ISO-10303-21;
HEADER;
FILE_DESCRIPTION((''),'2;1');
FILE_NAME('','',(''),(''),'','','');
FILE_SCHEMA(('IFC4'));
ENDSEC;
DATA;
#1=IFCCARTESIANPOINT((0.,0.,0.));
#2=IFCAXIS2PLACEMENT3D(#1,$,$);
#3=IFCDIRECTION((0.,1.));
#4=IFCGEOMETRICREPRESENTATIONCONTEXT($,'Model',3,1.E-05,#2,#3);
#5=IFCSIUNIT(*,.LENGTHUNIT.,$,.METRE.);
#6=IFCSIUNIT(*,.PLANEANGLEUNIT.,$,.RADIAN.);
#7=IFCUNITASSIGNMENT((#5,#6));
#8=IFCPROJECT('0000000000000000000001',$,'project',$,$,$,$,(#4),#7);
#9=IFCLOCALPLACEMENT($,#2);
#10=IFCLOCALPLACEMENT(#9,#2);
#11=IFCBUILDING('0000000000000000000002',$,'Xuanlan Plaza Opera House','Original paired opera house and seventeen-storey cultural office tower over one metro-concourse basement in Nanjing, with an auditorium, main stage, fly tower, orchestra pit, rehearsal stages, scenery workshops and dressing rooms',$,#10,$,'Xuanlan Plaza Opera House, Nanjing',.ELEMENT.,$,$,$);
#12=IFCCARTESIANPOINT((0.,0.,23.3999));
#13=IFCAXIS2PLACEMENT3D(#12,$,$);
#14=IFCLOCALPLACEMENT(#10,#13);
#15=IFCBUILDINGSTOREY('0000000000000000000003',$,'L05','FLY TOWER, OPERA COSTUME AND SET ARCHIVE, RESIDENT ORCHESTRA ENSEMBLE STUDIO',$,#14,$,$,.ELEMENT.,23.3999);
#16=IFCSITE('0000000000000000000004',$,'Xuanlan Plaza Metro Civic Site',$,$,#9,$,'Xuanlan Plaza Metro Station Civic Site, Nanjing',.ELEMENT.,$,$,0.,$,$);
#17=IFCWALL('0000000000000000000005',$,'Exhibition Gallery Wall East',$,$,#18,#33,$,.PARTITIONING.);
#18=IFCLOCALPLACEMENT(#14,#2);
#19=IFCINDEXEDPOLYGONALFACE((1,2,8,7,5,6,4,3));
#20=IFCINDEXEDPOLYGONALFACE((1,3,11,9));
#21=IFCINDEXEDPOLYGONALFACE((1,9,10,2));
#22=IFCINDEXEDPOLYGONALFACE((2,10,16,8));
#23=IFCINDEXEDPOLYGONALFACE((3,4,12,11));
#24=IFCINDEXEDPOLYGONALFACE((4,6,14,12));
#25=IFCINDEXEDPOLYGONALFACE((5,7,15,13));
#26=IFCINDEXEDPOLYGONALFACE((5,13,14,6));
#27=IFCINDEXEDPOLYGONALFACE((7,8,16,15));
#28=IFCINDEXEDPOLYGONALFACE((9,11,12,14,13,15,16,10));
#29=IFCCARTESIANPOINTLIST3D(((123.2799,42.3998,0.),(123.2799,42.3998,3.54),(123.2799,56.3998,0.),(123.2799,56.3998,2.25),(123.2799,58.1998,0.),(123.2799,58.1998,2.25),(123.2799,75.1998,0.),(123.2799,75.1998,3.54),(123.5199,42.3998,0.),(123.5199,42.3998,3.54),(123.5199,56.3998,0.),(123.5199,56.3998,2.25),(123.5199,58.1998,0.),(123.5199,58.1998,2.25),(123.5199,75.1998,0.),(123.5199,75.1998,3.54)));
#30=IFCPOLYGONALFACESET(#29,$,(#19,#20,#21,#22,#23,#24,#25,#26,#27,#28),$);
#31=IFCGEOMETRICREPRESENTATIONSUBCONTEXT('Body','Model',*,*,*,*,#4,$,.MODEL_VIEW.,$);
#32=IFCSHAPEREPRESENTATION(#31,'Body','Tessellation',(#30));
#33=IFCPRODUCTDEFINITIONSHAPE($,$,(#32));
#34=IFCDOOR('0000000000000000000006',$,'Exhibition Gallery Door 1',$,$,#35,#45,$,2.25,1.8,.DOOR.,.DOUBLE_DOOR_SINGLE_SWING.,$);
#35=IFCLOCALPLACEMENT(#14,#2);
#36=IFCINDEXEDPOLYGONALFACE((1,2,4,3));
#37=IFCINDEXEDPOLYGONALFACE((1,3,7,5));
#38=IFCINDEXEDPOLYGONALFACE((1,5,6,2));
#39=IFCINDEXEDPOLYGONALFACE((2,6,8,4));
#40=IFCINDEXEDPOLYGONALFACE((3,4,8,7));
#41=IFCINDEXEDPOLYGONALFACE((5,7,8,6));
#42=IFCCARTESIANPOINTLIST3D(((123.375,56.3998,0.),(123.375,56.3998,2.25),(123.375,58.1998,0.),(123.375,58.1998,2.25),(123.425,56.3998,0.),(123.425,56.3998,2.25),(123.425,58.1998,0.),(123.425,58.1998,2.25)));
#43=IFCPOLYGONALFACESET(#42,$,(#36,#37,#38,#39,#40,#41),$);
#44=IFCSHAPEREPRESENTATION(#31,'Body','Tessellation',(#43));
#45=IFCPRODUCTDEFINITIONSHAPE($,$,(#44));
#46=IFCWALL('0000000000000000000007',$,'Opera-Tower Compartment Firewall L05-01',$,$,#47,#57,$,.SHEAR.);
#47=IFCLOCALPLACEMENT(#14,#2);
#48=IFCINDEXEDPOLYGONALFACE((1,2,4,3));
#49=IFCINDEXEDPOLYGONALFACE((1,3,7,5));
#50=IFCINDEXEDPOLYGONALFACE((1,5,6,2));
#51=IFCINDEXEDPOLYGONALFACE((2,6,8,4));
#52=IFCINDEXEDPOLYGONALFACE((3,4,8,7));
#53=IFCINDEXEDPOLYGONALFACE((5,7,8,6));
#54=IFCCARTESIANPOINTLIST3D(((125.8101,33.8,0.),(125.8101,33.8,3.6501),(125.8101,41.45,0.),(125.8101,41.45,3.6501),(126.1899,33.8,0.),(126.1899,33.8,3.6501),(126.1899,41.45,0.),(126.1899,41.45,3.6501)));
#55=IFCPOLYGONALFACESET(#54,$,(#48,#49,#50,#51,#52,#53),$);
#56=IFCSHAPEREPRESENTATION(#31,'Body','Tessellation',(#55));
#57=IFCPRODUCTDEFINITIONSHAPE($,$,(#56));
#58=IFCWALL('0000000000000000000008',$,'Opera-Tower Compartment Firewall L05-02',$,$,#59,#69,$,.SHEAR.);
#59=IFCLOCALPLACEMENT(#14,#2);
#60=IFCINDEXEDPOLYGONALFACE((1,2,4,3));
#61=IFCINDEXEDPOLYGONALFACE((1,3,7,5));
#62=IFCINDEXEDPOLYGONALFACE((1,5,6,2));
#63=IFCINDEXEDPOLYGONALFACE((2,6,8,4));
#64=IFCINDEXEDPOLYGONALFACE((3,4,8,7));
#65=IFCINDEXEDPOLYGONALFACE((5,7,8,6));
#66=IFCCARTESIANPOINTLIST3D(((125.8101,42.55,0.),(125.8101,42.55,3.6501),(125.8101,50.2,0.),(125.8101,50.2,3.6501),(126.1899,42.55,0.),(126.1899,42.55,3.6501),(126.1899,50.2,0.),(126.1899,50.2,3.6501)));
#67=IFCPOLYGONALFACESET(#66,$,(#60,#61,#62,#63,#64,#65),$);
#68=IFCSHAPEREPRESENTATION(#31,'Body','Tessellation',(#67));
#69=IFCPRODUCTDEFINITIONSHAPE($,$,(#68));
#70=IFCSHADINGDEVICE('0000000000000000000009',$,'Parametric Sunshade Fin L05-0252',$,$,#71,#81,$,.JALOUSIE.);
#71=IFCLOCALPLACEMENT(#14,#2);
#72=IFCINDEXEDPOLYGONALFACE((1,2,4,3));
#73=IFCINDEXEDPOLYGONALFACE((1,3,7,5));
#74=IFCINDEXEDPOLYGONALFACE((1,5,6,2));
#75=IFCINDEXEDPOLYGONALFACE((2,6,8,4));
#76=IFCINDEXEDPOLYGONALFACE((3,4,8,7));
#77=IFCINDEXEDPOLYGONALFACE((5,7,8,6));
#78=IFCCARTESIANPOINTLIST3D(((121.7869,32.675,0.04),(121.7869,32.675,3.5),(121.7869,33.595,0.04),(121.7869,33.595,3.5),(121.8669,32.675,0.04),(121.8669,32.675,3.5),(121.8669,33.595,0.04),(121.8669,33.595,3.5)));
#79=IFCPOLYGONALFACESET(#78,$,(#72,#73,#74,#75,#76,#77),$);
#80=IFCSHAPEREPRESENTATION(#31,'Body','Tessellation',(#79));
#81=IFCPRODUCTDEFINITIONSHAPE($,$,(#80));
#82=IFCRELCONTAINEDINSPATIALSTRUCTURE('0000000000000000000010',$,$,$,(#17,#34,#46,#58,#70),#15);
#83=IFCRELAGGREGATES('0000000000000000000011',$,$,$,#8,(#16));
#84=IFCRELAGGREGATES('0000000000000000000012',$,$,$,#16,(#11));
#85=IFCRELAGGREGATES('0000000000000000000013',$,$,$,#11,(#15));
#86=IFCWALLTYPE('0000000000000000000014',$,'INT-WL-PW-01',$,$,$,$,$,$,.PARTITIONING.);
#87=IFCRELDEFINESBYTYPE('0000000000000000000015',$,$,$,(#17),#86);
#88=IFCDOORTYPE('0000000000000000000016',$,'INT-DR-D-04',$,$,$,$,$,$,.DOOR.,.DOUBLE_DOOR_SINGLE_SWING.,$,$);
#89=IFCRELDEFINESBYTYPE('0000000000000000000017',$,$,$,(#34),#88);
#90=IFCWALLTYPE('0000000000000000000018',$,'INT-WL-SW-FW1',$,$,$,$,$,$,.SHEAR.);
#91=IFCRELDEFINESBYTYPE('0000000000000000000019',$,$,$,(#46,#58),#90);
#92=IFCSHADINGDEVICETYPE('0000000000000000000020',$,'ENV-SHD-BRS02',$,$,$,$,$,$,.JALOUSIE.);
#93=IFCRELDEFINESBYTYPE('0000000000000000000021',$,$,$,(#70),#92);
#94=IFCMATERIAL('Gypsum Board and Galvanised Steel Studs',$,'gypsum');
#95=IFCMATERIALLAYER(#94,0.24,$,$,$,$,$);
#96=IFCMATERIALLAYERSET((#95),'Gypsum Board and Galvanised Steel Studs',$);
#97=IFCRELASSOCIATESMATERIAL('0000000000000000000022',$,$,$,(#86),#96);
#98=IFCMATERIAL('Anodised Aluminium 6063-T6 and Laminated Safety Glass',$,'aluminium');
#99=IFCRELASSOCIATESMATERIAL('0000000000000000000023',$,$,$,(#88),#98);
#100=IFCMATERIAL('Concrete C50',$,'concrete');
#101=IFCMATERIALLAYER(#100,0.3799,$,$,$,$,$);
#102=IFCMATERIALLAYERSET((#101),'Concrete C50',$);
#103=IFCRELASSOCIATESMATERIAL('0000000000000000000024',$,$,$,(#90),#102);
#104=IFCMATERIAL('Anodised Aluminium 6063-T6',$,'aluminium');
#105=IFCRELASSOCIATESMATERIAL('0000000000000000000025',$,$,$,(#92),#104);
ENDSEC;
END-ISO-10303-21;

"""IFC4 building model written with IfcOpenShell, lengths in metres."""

from ifc_helpers import new_model, si_unit, direction, frame, frame_2d, origin, origin_2d, place, context, subcontext, project, spatial, rectangle, extrude, material, layer, layer_set, type_object, element, fill, save


model = new_model("IFC4")

# Units and contexts
model_context = context("Model", 3, precision=1e-05, world=origin(), true_north=direction((0.0, 1.0)))
body_context = subcontext(model_context, "Body", "Model", "MODEL_VIEW")
ifc_project = project(units=[si_unit("LENGTHUNIT", "METRE"), si_unit("PLANEANGLEUNIT", "RADIAN")], contexts=[model_context])

# Site, building, storey
site_placement = place(None, origin())
site = spatial("IfcSite", under=ifc_project, at=site_placement, Name="Xuanlan Plaza Metro Civic Site", LongName="Xuanlan Plaza Metro Station Civic Site, Nanjing", CompositionType="ELEMENT", RefElevation=0.0)
building_placement = place(site_placement, origin())
building = spatial("IfcBuilding", under=site, at=building_placement, Name="Xuanlan Plaza Opera House", Description="Original paired opera house and seventeen-storey cultural office tower over one metro-concourse basement in Nanjing, with an auditorium, main stage, fly tower, orchestra pit, rehearsal stages, scenery workshops and dressing rooms", LongName="Xuanlan Plaza Opera House, Nanjing", CompositionType="ELEMENT")
storey_placement = place(building_placement, frame((0.0, 0.0, 23.3999)))
storey = spatial("IfcBuildingStorey", under=building, at=storey_placement, Name="L05", Description="FLY TOWER, OPERA COSTUME AND SET ARCHIVE, RESIDENT ORCHESTRA ENSEMBLE STUDIO", CompositionType="ELEMENT", Elevation=23.3999)

# Shared definitions
ifc_material_1 = material(Name="Concrete C50", Category="concrete")

# Shared definitions
ifc_material_2 = material(Name="Anodised Aluminium 6063-T6", Category="aluminium")

# Wall, opening, door
ifc_material_3 = material(Name="Gypsum Board and Galvanised Steel Studs", Category="gypsum")
ifc_layer_1 = layer(ifc_material_3, 0.24)
ifc_layer_set_1 = layer_set([ifc_layer_1], Name="Gypsum Board and Galvanised Steel Studs")
wall_type_1 = type_object("IfcWallType", Name="INT-WL-PW-01", PredefinedType="PARTITIONING", material=ifc_layer_set_1)
wall_placement = place(storey_placement, frame((123.3999, 42.3999, 0.0), z_axis=(0.0, 0.0, 1.0), x_axis=(0.0, 1.0, 0.0)))
wall = element("IfcWall", 1, at=wall_placement, inside=storey, type_object=wall_type_1, Name="Exhibition Gallery Wall East", PredefinedType="PARTITIONING", context=body_context, shape_type="SweptSolid", body=[
    extrude(rectangle(XDim=32.8, YDim=0.24, at=frame_2d((16.3999, 0.0))), origin(), (0.0, 0.0, 1.0), 3.54),
])
opening_placement = place(wall_placement, frame((14.0, 0.0, 0.0)))
opening = element("IfcOpeningElement", 2, at=opening_placement, cuts=wall, PredefinedType="OPENING", context=body_context, shape_type="SweptSolid", body=[
    extrude(rectangle(XDim=1.8, YDim=2.25, at=frame_2d((0.8999, 1.125))), frame((0.0, 0.1299, 0.0), z_axis=(0.0, -1.0, 0.0), x_axis=(1.0, 0.0, 0.0)), (0.0, 0.0, 1.0), 0.26),
])
ifc_material_4 = material(Name="Anodised Aluminium 6063-T6 and Laminated Safety Glass", Category="aluminium")
door_type = type_object("IfcDoorType", Name="INT-DR-D-04", OperationType="DOUBLE_DOOR_SINGLE_SWING", PredefinedType="DOOR", material=ifc_material_4)
door_placement = place(opening_placement, origin())
door = element("IfcDoor", 3, at=door_placement, inside=storey, type_object=door_type, Name="Exhibition Gallery Door 1", OperationType="DOUBLE_DOOR_SINGLE_SWING", OverallHeight=2.25, OverallWidth=1.8, PredefinedType="DOOR", context=body_context, shape_type="SweptSolid", body=[
    extrude(rectangle(XDim=1.8, YDim=2.25, at=frame_2d((0.8999, 1.125))), frame((0.0, 0.0249, 0.0), z_axis=(0.0, -1.0, 0.0), x_axis=(1.0, 0.0, 0.0)), (0.0, 0.0, 1.0), 0.05),
])
fill(opening, door)

# Walls
ifc_layer_2 = layer(ifc_material_1, 0.3799)
ifc_layer_set_2 = layer_set([ifc_layer_2], Name="Concrete C50")
wall_type_2 = type_object("IfcWallType", Name="INT-WL-SW-FW1", PredefinedType="SHEAR", material=ifc_layer_set_2)
for number, where, z_axis, x_axis, name in (
    (4, (126.0, 33.8, 0.0), (0.0, 0.0, 1.0), (0.0, 1.0, 0.0), "Opera-Tower Compartment Firewall L05-01"),
    (5, (126.0, 42.55, 0.0), (0.0, 0.0, 1.0), (0.0, 1.0, 0.0), "Opera-Tower Compartment Firewall L05-02"),
):
    element("IfcWall", number, at=place(storey_placement, frame(where, z_axis=z_axis, x_axis=x_axis)), inside=storey, type_object=wall_type_2, Name=name, PredefinedType="SHEAR", context=body_context, shape_type="SweptSolid", body=[
        extrude(rectangle(XDim=7.6499, YDim=0.3799, at=frame_2d((3.825, 0.0))), origin(), (0.0, 0.0, 1.0), 3.6501),
    ])

# Shading device
shading_device_type = type_object("IfcShadingDeviceType", Name="ENV-SHD-BRS02", PredefinedType="JALOUSIE", material=ifc_material_2)
shading_device_placement = place(storey_placement, frame((121.8269, 33.135, 0.04), z_axis=(0.0, 0.0, 1.0), x_axis=(0.0, -1.0, 0.0)))
element("IfcShadingDevice", 6, at=shading_device_placement, inside=storey, type_object=shading_device_type, Name="Parametric Sunshade Fin L05-0252", PredefinedType="JALOUSIE", context=body_context, shape_type="SweptSolid", body=[
    extrude(rectangle(XDim=0.9199, YDim=0.0801, at=origin_2d()), origin(), (0.0, 0.0, 1.0), 3.46),
])

save(model, "model.ifc")
